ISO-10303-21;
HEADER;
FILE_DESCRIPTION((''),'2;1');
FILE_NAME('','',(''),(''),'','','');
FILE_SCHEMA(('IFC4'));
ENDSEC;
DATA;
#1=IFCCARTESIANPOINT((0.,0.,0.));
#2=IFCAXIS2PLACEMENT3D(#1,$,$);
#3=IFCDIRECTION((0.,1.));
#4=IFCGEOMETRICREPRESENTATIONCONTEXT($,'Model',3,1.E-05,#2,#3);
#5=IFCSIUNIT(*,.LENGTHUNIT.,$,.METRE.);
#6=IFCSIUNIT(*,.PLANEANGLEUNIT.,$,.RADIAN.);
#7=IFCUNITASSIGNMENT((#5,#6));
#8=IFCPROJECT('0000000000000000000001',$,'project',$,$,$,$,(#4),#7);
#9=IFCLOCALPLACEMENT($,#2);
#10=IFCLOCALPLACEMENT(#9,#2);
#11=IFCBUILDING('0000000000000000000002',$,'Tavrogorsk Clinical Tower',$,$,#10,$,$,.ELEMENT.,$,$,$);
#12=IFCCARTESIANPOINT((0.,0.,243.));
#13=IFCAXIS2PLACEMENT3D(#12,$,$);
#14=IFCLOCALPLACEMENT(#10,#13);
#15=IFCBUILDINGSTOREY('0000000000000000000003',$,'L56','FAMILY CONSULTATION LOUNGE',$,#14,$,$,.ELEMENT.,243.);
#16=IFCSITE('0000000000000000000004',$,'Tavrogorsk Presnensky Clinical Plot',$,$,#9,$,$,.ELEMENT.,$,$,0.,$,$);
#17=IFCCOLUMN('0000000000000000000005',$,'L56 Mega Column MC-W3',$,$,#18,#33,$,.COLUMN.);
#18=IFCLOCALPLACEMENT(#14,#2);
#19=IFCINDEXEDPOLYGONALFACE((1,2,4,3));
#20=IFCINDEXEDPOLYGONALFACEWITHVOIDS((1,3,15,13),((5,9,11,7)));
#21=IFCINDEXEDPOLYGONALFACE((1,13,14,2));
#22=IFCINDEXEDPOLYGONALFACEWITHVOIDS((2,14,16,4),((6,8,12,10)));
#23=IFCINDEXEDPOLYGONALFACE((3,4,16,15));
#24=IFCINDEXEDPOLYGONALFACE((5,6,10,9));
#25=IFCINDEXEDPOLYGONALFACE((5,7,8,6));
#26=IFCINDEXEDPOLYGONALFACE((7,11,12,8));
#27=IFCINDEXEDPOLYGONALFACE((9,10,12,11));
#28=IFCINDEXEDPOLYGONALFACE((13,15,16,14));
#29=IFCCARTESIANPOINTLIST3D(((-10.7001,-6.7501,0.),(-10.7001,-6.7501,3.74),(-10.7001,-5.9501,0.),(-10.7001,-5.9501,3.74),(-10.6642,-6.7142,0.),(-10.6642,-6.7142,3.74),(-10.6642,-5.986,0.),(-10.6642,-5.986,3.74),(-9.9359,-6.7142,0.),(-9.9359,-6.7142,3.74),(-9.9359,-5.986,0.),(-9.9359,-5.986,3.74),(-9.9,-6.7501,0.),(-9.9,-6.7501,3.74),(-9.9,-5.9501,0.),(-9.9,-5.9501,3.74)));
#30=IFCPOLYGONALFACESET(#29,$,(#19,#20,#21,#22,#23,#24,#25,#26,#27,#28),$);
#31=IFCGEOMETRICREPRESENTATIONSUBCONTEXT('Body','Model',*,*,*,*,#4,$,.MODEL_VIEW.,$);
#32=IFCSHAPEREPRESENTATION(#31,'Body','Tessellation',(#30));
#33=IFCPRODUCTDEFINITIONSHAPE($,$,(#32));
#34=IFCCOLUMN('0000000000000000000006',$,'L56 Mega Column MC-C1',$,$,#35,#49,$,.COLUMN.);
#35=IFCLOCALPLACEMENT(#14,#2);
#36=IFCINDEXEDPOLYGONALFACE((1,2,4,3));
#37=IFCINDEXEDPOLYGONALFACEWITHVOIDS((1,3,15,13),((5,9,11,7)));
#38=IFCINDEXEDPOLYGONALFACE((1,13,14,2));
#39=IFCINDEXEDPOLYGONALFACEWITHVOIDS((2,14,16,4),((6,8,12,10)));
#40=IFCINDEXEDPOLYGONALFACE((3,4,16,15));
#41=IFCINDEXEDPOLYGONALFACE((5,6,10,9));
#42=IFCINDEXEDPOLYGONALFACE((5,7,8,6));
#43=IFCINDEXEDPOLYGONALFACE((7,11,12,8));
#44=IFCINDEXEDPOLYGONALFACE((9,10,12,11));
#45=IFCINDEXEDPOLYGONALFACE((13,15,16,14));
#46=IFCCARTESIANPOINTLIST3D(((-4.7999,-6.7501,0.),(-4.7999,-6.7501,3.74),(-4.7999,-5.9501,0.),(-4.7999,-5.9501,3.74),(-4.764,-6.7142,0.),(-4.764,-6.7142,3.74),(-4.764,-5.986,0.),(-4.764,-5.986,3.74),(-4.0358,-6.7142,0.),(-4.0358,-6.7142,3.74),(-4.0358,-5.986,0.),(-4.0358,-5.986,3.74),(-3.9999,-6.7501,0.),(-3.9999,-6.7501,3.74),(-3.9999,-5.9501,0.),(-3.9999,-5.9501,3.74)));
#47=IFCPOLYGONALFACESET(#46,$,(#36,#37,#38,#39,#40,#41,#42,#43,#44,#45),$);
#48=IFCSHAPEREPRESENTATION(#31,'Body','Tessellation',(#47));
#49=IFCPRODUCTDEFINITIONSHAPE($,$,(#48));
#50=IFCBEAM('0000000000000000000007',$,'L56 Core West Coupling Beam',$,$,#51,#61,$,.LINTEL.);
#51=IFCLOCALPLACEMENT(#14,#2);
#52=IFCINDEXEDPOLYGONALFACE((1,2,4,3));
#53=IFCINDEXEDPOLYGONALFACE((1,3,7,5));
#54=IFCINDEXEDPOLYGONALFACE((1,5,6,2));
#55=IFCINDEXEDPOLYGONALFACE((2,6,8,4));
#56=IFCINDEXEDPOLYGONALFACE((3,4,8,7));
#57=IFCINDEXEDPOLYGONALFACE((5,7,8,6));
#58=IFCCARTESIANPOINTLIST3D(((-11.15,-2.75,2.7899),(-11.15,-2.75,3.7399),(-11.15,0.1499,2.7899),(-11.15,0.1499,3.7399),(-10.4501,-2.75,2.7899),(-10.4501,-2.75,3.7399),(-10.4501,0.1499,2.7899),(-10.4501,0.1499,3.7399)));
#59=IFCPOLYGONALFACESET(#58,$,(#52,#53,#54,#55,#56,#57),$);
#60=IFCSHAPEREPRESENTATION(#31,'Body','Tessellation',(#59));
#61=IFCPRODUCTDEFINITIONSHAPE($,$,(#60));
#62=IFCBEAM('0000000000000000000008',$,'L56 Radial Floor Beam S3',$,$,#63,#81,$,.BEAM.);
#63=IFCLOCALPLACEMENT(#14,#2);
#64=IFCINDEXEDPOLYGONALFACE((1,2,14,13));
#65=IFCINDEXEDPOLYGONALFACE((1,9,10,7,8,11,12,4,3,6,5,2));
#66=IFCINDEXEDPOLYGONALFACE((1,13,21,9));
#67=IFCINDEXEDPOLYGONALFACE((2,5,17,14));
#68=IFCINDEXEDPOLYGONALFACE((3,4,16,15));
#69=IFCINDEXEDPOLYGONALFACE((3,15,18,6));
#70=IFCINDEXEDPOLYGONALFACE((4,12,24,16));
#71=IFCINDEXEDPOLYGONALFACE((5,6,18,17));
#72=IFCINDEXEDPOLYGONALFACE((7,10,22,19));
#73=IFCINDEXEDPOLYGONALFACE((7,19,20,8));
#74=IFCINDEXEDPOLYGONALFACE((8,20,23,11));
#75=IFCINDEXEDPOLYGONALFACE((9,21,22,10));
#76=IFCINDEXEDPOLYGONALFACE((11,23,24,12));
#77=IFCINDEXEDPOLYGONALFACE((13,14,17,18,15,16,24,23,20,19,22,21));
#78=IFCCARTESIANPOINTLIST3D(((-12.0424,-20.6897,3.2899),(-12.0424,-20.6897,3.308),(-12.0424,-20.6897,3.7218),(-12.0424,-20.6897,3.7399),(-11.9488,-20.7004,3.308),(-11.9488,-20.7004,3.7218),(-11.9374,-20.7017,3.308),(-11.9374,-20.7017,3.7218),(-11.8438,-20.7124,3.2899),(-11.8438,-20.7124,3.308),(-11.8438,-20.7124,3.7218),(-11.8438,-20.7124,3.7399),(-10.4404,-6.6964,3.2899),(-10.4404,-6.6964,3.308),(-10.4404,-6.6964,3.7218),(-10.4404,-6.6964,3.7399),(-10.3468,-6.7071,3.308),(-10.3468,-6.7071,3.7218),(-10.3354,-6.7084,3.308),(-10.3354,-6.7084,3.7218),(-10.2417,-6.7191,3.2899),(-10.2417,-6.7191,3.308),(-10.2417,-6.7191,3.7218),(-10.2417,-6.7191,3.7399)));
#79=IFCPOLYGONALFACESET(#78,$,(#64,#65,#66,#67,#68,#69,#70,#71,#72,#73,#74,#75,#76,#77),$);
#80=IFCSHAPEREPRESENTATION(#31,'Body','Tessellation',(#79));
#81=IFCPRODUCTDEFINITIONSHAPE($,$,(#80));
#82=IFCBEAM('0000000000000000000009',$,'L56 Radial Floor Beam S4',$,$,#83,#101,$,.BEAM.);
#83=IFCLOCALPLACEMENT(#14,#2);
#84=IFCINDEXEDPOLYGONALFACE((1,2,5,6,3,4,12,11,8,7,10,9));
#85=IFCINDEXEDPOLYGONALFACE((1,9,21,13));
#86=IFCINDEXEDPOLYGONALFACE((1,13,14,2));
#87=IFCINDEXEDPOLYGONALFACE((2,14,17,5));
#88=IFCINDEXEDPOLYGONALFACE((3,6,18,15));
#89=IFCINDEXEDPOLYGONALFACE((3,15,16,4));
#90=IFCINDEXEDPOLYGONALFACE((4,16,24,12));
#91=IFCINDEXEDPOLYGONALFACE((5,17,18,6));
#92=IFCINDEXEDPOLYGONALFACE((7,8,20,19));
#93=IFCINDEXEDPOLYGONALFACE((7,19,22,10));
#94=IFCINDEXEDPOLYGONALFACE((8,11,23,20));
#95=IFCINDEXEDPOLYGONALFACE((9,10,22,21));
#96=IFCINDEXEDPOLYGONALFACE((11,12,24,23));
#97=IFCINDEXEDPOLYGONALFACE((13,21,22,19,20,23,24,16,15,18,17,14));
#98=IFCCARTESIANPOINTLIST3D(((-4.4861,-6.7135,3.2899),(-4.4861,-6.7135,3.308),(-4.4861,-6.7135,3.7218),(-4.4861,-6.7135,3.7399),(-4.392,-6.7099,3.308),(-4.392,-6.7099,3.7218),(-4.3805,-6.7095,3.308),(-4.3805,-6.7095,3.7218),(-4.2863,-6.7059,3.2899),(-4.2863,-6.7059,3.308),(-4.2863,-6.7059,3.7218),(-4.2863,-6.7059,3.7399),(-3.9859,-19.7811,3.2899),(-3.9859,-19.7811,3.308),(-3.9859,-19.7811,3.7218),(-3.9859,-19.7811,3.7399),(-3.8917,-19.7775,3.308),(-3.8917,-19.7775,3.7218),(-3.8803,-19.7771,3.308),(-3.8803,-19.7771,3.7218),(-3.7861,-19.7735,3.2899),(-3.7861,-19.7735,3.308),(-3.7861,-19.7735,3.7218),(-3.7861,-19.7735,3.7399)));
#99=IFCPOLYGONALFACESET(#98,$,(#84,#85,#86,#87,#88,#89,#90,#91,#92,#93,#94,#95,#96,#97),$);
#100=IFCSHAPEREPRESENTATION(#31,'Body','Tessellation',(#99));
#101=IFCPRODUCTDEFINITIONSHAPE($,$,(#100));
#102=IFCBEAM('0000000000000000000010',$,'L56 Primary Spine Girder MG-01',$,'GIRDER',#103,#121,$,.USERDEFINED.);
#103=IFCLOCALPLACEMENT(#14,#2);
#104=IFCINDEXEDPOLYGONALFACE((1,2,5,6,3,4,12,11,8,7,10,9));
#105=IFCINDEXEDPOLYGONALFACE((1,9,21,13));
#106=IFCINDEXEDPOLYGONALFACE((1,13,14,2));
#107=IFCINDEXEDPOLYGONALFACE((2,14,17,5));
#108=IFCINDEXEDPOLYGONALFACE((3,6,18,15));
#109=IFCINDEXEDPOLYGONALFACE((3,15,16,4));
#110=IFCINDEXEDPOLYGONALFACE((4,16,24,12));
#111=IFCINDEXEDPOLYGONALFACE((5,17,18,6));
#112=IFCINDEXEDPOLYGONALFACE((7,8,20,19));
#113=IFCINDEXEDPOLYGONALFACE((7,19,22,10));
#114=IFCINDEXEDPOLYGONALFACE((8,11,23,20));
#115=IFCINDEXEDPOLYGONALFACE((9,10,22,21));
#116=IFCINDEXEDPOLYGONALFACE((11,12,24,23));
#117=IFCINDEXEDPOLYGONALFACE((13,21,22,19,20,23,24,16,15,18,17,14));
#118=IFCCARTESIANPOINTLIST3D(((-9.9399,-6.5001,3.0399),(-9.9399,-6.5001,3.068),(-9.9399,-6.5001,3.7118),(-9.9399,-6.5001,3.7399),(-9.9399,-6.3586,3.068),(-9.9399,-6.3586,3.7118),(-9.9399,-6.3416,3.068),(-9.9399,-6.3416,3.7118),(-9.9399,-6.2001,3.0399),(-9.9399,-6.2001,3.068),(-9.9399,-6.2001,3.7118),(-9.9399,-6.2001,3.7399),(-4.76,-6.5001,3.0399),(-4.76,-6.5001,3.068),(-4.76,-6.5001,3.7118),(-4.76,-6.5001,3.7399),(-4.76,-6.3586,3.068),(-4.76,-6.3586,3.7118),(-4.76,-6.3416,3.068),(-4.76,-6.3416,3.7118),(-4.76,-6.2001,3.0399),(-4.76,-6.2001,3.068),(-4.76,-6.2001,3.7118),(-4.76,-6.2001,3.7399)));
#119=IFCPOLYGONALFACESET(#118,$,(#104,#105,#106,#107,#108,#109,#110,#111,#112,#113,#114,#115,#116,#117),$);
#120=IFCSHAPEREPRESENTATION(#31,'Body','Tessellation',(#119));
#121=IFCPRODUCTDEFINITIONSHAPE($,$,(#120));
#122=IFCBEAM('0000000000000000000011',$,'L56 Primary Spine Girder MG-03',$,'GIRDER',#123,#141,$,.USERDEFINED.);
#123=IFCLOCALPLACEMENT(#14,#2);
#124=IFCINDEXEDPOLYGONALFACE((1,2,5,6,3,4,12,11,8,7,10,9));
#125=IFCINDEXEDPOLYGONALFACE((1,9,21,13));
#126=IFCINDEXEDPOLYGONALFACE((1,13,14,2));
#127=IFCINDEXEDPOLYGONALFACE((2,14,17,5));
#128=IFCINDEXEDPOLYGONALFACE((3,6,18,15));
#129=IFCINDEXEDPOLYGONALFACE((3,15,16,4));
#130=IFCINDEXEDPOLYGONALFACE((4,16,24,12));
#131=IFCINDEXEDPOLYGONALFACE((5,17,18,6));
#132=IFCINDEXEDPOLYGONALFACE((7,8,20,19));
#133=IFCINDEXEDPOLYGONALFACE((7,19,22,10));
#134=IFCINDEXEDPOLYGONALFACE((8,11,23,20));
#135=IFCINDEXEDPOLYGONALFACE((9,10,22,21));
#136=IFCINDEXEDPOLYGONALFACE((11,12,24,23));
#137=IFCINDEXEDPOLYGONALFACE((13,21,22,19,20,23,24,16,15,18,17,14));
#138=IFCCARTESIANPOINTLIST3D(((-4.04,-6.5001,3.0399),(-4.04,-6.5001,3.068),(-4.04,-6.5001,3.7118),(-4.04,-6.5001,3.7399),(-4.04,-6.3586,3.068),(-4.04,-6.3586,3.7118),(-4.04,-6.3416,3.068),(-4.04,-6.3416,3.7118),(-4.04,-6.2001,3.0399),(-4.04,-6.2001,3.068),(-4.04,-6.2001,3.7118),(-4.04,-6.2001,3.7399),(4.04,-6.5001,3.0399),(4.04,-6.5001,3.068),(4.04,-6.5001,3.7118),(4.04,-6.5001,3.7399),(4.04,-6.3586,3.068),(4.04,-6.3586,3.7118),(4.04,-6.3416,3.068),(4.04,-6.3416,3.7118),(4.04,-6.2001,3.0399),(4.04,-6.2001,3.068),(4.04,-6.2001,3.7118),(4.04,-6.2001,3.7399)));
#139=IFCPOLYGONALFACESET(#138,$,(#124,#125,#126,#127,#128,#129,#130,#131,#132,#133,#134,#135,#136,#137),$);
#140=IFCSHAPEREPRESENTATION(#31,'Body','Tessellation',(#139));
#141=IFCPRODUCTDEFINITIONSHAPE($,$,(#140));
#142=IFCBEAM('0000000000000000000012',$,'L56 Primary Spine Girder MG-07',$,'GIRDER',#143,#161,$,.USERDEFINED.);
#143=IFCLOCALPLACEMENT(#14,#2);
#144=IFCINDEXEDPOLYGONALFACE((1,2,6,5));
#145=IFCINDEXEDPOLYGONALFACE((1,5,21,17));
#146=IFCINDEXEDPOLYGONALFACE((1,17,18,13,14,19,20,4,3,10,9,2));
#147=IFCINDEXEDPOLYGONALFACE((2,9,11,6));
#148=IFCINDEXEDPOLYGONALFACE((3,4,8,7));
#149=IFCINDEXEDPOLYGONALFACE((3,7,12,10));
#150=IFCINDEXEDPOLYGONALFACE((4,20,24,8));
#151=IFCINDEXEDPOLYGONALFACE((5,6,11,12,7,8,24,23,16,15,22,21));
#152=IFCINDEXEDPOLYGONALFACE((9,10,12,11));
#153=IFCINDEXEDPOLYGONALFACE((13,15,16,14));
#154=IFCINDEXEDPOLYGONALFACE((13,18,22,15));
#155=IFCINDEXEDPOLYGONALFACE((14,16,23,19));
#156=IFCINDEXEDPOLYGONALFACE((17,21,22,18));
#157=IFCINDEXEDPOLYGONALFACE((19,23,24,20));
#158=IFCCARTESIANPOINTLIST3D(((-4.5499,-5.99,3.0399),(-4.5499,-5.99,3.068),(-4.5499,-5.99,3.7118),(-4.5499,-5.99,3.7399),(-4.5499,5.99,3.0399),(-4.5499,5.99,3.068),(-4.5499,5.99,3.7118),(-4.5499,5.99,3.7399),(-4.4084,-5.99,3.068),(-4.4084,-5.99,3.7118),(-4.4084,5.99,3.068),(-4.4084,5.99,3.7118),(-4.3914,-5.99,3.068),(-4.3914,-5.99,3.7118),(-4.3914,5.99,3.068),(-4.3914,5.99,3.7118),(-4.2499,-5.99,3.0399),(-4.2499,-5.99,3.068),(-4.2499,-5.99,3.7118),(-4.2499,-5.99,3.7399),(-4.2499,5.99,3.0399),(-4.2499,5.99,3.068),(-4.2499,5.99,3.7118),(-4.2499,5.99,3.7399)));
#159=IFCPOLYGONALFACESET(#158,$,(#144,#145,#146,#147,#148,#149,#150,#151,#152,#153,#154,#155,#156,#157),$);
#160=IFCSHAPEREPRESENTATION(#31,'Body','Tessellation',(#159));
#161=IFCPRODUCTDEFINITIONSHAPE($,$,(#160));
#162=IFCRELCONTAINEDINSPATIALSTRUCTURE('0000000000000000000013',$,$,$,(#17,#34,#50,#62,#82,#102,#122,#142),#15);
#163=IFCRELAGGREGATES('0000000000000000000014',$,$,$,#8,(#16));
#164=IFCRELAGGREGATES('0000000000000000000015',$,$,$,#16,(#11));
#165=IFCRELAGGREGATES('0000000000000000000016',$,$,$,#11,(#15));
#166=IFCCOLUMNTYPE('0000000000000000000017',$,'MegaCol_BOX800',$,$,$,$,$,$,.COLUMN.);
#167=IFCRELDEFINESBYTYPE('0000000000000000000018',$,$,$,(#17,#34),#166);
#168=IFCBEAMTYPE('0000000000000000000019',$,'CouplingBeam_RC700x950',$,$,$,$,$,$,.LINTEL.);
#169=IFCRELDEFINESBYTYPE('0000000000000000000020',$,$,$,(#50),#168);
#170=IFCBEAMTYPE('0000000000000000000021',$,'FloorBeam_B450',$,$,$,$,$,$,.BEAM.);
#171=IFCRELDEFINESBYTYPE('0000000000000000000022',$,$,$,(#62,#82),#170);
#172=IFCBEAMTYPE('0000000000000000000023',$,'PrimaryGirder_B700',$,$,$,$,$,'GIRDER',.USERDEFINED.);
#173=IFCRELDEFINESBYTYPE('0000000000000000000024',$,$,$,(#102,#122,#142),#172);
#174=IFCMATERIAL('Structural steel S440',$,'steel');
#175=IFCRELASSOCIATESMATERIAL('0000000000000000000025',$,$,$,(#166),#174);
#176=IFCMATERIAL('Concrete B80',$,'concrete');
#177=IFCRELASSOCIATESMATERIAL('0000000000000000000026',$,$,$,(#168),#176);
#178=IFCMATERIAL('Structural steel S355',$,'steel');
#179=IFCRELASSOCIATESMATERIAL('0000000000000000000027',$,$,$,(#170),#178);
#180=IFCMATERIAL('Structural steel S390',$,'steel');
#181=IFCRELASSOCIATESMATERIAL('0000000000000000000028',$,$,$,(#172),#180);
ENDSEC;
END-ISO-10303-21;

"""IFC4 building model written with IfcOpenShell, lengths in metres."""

from ifc_helpers import new_model, si_unit, direction, frame, origin, origin_2d, place, context, subcontext, project, spatial, rectangle, hollow_rectangle, i_section, extrude, material, material_profile, profile_set, type_object, element, save


model = new_model("IFC4")

# Units and contexts
model_context = context("Model", 3, precision=1e-05, world=origin(), true_north=direction((0.0, 1.0)))
body_context = subcontext(model_context, "Body", "Model", "MODEL_VIEW")
ifc_project = project(units=[si_unit("LENGTHUNIT", "METRE"), si_unit("PLANEANGLEUNIT", "RADIAN")], contexts=[model_context])

# Site, building, storey
site_placement = place(None, origin())
site = spatial("IfcSite", under=ifc_project, at=site_placement, Name="Tavrogorsk Presnensky Clinical Plot", CompositionType="ELEMENT", RefElevation=0.0)
building_placement = place(site_placement, origin())
building = spatial("IfcBuilding", under=site, at=building_placement, Name="Tavrogorsk Clinical Tower", CompositionType="ELEMENT")
storey_placement = place(building_placement, frame((0.0, 0.0, 243.0)))
storey = spatial("IfcBuildingStorey", under=building, at=storey_placement, Name="L56", Description="FAMILY CONSULTATION LOUNGE", CompositionType="ELEMENT", Elevation=243.0)

# Columns
ifc_material_1 = material(Name="Structural steel S440", Category="steel")
ifc_material_profile_1 = material_profile(ifc_material_1, hollow_rectangle(XDim=0.8, YDim=0.8, WallThickness=0.0359, at=origin_2d()), Name="BOX-800x800x36")
ifc_profile_set_1 = profile_set([ifc_material_profile_1], Name="Structural steel S440")
column_type = type_object("IfcColumnType", Name="MegaCol_BOX800", PredefinedType="COLUMN", material=ifc_profile_set_1)
for number, where, z_axis, x_axis, name in (
    (1, (-10.3, -6.3501, 0.0), (0.0, 0.0, 1.0), (1.0, 0.0, 0.0), "L56 Mega Column MC-W3"),
    (2, (-4.3999, -6.3501, 0.0), (0.0, 0.0, 1.0), (1.0, 0.0, 0.0), "L56 Mega Column MC-C1"),
):
    element("IfcColumn", number, at=place(storey_placement, frame(where, z_axis=z_axis, x_axis=x_axis)), inside=storey, type_object=column_type, Name=name, PredefinedType="COLUMN", context=body_context, shape_type="SweptSolid", body=[
        extrude(hollow_rectangle(XDim=0.8, YDim=0.8, WallThickness=0.0359, at=origin_2d()), origin(), (0.0, 0.0, 1.0), 3.74),
    ])

# Beams
ifc_material_2 = material(Name="Concrete B80", Category="concrete")
ifc_material_profile_2 = material_profile(ifc_material_2, rectangle(XDim=0.7, YDim=0.95, at=origin_2d()), Name="RC-CB-700x950")
ifc_profile_set_2 = profile_set([ifc_material_profile_2], Name="Concrete B80")
beam_type_1 = type_object("IfcBeamType", Name="CouplingBeam_RC700x950", PredefinedType="LINTEL", material=ifc_profile_set_2)
beam_1_placement = place(storey_placement, frame((-10.8, -2.75, 3.2649), z_axis=(0.0, 1.0, 0.0), x_axis=(-1.0, 0.0, 0.0)))
element("IfcBeam", 3, at=beam_1_placement, inside=storey, type_object=beam_type_1, Name="L56 Core West Coupling Beam", PredefinedType="LINTEL", context=body_context, shape_type="SweptSolid", body=[
    extrude(rectangle(XDim=0.7, YDim=0.95, at=origin_2d()), origin(), (0.0, 0.0, 1.0), 2.8999),
])
ifc_material_3 = material(Name="Structural steel S355", Category="steel")
ifc_material_profile_3 = material_profile(ifc_material_3, i_section(OverallWidth=0.2, OverallDepth=0.45, WebThickness=0.0115, FlangeThickness=0.0181, at=origin_2d()), Name="B-450x200x11.5x18")
ifc_profile_set_3 = profile_set([ifc_material_profile_3], Name="Structural steel S355")
beam_type_2 = type_object("IfcBeamType", Name="FloorBeam_B450", PredefinedType="BEAM", material=ifc_profile_set_3)
beam_2_placement = place(storey_placement, frame((-10.3411, -6.7078, 3.5149), z_axis=(-0.113743, -0.99351, 0.0), x_axis=(0.99351, -0.113743, 0.0)))
element("IfcBeam", 4, at=beam_2_placement, inside=storey, type_object=beam_type_2, Name="L56 Radial Floor Beam S3", PredefinedType="BEAM", context=body_context, shape_type="SweptSolid", body=[
    extrude(i_section(OverallWidth=0.2, OverallDepth=0.45, WebThickness=0.0115, FlangeThickness=0.0181, at=origin_2d()), origin(), (0.0, 0.0, 1.0), 14.0847),
])
beam_3_placement = place(storey_placement, frame((-4.3862, -6.7097, 3.5149), z_axis=(0.038253, -0.999268, 0.0), x_axis=(0.999268, 0.038253, 0.0)))
element("IfcBeam", 5, at=beam_3_placement, inside=storey, type_object=beam_type_2, Name="L56 Radial Floor Beam S4", PredefinedType="BEAM", context=body_context, shape_type="SweptSolid", body=[
    extrude(i_section(OverallWidth=0.2, OverallDepth=0.45, WebThickness=0.0115, FlangeThickness=0.0181, at=origin_2d()), origin(), (0.0, 0.0, 1.0), 13.0771),
])
ifc_material_4 = material(Name="Structural steel S390", Category="steel")
ifc_material_profile_4 = material_profile(ifc_material_4, i_section(OverallWidth=0.3, OverallDepth=0.7, WebThickness=0.0171, FlangeThickness=0.0281, at=origin_2d()), Name="B-700x300x17x28")
ifc_profile_set_4 = profile_set([ifc_material_profile_4], Name="Structural steel S390")
beam_type_3 = type_object("IfcBeamType", Name="PrimaryGirder_B700", ElementType="GIRDER", PredefinedType="USERDEFINED", material=ifc_profile_set_4)
beam_4_placement = place(storey_placement, frame((-9.9399, -6.3501, 3.3899), z_axis=(1.0, 0.0, 0.0), x_axis=(0.0, 1.0, 0.0)))
element("IfcBeam", 6, at=beam_4_placement, inside=storey, type_object=beam_type_3, Name="L56 Primary Spine Girder MG-01", ObjectType="GIRDER", PredefinedType="USERDEFINED", context=body_context, shape_type="SweptSolid", body=[
    extrude(i_section(OverallWidth=0.3, OverallDepth=0.7, WebThickness=0.0171, FlangeThickness=0.0281, at=origin_2d()), origin(), (0.0, 0.0, 1.0), 5.1799),
])
beam_5_placement = place(storey_placement, frame((-4.04, -6.3501, 3.3899), z_axis=(1.0, 0.0, 0.0), x_axis=(0.0, 1.0, 0.0)))
element("IfcBeam", 7, at=beam_5_placement, inside=storey, type_object=beam_type_3, Name="L56 Primary Spine Girder MG-03", ObjectType="GIRDER", PredefinedType="USERDEFINED", context=body_context, shape_type="SweptSolid", body=[
    extrude(i_section(OverallWidth=0.3, OverallDepth=0.7, WebThickness=0.0171, FlangeThickness=0.0281, at=origin_2d()), origin(), (0.0, 0.0, 1.0), 8.0801),
])
beam_6_placement = place(storey_placement, frame((-4.3999, -5.99, 3.3899), z_axis=(0.0, 1.0, 0.0), x_axis=(-1.0, 0.0, 0.0)))
element("IfcBeam", 8, at=beam_6_placement, inside=storey, type_object=beam_type_3, Name="L56 Primary Spine Girder MG-07", ObjectType="GIRDER", PredefinedType="USERDEFINED", context=body_context, shape_type="SweptSolid", body=[
    extrude(i_section(OverallWidth=0.3, OverallDepth=0.7, WebThickness=0.0171, FlangeThickness=0.0281, at=origin_2d()), origin(), (0.0, 0.0, 1.0), 11.98),
])

save(model, "model.ifc")
